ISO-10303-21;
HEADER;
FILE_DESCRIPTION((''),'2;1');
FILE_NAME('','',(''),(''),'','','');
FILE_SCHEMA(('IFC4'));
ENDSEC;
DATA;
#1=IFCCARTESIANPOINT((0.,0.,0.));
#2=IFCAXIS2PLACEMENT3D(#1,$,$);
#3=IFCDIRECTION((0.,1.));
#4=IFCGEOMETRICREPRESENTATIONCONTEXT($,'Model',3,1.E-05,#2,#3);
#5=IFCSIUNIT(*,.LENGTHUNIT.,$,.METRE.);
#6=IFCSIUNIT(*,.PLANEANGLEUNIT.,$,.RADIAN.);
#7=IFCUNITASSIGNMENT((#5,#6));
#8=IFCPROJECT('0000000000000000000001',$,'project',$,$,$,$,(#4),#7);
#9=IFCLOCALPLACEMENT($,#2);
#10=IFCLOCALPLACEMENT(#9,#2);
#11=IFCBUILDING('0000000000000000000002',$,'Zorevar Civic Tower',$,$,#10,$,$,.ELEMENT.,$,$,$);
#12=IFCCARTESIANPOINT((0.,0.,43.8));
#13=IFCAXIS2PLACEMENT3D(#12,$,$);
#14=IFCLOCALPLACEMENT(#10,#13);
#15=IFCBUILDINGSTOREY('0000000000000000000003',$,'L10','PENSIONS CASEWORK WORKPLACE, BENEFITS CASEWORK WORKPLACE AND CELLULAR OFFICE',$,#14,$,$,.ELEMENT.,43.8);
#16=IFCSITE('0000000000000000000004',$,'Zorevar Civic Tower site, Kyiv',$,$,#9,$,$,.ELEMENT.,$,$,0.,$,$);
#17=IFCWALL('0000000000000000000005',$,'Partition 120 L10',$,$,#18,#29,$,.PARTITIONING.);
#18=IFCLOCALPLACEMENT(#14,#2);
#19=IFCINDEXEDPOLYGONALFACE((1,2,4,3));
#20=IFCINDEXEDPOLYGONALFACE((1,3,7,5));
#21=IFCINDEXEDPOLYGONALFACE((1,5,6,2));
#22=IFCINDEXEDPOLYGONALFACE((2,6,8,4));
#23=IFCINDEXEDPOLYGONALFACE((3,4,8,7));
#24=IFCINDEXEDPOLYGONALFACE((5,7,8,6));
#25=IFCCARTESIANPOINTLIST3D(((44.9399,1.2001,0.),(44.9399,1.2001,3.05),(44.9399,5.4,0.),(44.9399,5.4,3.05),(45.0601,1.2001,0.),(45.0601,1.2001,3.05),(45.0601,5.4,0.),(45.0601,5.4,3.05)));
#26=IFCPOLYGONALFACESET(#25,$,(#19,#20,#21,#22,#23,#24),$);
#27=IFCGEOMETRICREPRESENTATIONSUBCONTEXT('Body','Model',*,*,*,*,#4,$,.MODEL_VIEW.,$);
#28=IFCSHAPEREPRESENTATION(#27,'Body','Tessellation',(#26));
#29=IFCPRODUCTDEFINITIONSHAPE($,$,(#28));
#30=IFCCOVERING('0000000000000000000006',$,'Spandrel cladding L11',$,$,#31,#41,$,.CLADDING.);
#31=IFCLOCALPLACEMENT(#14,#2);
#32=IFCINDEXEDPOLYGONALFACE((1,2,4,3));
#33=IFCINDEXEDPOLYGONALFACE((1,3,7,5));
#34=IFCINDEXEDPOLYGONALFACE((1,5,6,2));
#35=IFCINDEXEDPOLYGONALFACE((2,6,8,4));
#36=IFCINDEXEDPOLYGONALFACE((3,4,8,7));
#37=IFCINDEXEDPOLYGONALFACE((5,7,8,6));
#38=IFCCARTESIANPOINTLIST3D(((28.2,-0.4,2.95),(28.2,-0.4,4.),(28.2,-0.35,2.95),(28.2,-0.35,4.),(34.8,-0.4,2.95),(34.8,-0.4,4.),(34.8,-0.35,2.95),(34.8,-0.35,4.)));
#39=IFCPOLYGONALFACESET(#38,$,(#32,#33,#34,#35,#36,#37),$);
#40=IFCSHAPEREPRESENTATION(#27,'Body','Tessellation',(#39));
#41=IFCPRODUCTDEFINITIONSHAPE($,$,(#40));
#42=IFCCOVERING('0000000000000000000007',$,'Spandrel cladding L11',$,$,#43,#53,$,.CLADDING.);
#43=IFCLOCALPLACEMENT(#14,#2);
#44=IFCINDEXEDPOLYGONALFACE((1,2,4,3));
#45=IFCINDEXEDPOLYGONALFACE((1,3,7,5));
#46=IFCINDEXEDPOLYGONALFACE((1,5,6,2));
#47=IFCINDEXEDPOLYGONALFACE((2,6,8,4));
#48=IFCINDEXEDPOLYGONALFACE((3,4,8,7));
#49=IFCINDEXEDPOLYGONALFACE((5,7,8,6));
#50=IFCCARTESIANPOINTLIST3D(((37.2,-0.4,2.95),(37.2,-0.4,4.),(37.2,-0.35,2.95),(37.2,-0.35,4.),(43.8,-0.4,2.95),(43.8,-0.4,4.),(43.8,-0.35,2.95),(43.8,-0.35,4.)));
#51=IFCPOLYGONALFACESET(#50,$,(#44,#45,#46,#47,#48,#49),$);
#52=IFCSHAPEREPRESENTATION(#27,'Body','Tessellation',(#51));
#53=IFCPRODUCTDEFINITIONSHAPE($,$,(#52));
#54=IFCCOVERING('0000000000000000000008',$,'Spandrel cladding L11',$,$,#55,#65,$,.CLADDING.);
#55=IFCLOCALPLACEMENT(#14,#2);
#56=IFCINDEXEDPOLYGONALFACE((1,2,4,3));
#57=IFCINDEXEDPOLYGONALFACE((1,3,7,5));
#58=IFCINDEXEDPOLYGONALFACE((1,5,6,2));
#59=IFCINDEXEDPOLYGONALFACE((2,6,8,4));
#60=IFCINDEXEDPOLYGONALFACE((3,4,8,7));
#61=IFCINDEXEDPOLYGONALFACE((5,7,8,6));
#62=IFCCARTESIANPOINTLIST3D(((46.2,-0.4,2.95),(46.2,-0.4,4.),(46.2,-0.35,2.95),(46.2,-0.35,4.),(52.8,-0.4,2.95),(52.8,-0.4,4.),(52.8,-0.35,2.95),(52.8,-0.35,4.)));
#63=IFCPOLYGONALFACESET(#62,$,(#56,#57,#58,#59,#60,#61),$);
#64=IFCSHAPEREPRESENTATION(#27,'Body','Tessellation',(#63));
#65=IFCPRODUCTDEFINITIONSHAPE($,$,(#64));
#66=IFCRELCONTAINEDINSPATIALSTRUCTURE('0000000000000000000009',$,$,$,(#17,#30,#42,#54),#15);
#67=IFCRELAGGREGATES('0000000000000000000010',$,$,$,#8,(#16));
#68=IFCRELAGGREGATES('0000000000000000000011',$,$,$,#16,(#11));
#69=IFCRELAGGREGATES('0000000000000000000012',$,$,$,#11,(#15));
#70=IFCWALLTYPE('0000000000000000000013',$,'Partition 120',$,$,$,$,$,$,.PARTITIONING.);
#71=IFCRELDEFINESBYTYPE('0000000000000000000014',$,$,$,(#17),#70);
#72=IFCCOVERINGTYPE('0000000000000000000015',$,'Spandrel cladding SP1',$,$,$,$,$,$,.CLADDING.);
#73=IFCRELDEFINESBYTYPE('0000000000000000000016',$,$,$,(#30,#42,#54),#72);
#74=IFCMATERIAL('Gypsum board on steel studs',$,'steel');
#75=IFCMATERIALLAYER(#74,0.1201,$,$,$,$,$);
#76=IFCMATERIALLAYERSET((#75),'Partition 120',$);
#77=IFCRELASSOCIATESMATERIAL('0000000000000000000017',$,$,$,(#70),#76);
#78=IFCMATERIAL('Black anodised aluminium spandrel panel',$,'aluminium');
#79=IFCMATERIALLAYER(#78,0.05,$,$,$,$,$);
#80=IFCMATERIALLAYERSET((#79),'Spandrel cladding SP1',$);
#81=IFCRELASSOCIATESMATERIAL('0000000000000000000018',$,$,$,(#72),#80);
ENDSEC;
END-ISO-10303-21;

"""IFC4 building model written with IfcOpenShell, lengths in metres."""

from ifc_helpers import new_model, si_unit, direction, frame, frame_2d, origin, place, context, subcontext, project, spatial, rectangle, extrude, material, layer, layer_set, type_object, element, save


model = new_model("IFC4")

# Units and contexts
model_context = context("Model", 3, precision=1e-05, world=origin(), true_north=direction((0.0, 1.0)))
body_context = subcontext(model_context, "Body", "Model", "MODEL_VIEW")
ifc_project = project(units=[si_unit("LENGTHUNIT", "METRE"), si_unit("PLANEANGLEUNIT", "RADIAN")], contexts=[model_context])

# Site, building, storey
site_placement = place(None, origin())
site = spatial("IfcSite", under=ifc_project, at=site_placement, Name="Zorevar Civic Tower site, Kyiv", CompositionType="ELEMENT", RefElevation=0.0)
building_placement = place(site_placement, origin())
building = spatial("IfcBuilding", under=site, at=building_placement, Name="Zorevar Civic Tower", CompositionType="ELEMENT")
storey_placement = place(building_placement, frame((0.0, 0.0, 43.8)))
storey = spatial("IfcBuildingStorey", under=building, at=storey_placement, Name="L10", Description="PENSIONS CASEWORK WORKPLACE, BENEFITS CASEWORK WORKPLACE AND CELLULAR OFFICE", CompositionType="ELEMENT", Elevation=43.8)

# Wall
ifc_material_1 = material(Name="Gypsum board on steel studs", Category="steel")
ifc_layer_1 = layer(ifc_material_1, 0.1201)
ifc_layer_set_1 = layer_set([ifc_layer_1], Name="Partition 120")
wall_type = type_object("IfcWallType", Name="Partition 120", PredefinedType="PARTITIONING", material=ifc_layer_set_1)
wall_1_placement = place(storey_placement, frame((45.0, 1.2, 0.0), z_axis=(0.0, 0.0, 1.0), x_axis=(0.0, 1.0, 0.0)))
element("IfcWall", 1, at=wall_1_placement, inside=storey, type_object=wall_type, Name="Partition 120 L10", PredefinedType="PARTITIONING", context=body_context, shape_type="SweptSolid", body=[
    extrude(rectangle(XDim=4.2, YDim=0.1201, at=frame_2d((2.1001, 0.0))), origin(), (0.0, 0.0, 1.0), 3.05),
])

# Coverings
ifc_material_2 = material(Name="Black anodised aluminium spandrel panel", Category="aluminium")
ifc_layer_2 = layer(ifc_material_2, 0.05)
ifc_layer_set_2 = layer_set([ifc_layer_2], Name="Spandrel cladding SP1")
covering_type = type_object("IfcCoveringType", Name="Spandrel cladding SP1", PredefinedType="CLADDING", material=ifc_layer_set_2)
for number, where, z_axis, x_axis, name in (
    (2, (28.2, -0.375, 2.95), (0.0, 0.0, 1.0), (1.0, 0.0, 0.0), "Spandrel cladding L11"),
    (3, (37.2, -0.375, 2.95), (0.0, 0.0, 1.0), (1.0, 0.0, 0.0), "Spandrel cladding L11"),
    (4, (46.2, -0.375, 2.95), (0.0, 0.0, 1.0), (1.0, 0.0, 0.0), "Spandrel cladding L11"),
):
    element("IfcCovering", number, at=place(storey_placement, frame(where, z_axis=z_axis, x_axis=x_axis)), inside=storey, type_object=covering_type, Name=name, PredefinedType="CLADDING", context=body_context, shape_type="SweptSolid", body=[
        extrude(rectangle(XDim=6.6001, YDim=0.05, at=frame_2d((3.3, 0.0))), origin(), (0.0, 0.0, 1.0), 1.05),
    ])

save(model, "model.ifc")
